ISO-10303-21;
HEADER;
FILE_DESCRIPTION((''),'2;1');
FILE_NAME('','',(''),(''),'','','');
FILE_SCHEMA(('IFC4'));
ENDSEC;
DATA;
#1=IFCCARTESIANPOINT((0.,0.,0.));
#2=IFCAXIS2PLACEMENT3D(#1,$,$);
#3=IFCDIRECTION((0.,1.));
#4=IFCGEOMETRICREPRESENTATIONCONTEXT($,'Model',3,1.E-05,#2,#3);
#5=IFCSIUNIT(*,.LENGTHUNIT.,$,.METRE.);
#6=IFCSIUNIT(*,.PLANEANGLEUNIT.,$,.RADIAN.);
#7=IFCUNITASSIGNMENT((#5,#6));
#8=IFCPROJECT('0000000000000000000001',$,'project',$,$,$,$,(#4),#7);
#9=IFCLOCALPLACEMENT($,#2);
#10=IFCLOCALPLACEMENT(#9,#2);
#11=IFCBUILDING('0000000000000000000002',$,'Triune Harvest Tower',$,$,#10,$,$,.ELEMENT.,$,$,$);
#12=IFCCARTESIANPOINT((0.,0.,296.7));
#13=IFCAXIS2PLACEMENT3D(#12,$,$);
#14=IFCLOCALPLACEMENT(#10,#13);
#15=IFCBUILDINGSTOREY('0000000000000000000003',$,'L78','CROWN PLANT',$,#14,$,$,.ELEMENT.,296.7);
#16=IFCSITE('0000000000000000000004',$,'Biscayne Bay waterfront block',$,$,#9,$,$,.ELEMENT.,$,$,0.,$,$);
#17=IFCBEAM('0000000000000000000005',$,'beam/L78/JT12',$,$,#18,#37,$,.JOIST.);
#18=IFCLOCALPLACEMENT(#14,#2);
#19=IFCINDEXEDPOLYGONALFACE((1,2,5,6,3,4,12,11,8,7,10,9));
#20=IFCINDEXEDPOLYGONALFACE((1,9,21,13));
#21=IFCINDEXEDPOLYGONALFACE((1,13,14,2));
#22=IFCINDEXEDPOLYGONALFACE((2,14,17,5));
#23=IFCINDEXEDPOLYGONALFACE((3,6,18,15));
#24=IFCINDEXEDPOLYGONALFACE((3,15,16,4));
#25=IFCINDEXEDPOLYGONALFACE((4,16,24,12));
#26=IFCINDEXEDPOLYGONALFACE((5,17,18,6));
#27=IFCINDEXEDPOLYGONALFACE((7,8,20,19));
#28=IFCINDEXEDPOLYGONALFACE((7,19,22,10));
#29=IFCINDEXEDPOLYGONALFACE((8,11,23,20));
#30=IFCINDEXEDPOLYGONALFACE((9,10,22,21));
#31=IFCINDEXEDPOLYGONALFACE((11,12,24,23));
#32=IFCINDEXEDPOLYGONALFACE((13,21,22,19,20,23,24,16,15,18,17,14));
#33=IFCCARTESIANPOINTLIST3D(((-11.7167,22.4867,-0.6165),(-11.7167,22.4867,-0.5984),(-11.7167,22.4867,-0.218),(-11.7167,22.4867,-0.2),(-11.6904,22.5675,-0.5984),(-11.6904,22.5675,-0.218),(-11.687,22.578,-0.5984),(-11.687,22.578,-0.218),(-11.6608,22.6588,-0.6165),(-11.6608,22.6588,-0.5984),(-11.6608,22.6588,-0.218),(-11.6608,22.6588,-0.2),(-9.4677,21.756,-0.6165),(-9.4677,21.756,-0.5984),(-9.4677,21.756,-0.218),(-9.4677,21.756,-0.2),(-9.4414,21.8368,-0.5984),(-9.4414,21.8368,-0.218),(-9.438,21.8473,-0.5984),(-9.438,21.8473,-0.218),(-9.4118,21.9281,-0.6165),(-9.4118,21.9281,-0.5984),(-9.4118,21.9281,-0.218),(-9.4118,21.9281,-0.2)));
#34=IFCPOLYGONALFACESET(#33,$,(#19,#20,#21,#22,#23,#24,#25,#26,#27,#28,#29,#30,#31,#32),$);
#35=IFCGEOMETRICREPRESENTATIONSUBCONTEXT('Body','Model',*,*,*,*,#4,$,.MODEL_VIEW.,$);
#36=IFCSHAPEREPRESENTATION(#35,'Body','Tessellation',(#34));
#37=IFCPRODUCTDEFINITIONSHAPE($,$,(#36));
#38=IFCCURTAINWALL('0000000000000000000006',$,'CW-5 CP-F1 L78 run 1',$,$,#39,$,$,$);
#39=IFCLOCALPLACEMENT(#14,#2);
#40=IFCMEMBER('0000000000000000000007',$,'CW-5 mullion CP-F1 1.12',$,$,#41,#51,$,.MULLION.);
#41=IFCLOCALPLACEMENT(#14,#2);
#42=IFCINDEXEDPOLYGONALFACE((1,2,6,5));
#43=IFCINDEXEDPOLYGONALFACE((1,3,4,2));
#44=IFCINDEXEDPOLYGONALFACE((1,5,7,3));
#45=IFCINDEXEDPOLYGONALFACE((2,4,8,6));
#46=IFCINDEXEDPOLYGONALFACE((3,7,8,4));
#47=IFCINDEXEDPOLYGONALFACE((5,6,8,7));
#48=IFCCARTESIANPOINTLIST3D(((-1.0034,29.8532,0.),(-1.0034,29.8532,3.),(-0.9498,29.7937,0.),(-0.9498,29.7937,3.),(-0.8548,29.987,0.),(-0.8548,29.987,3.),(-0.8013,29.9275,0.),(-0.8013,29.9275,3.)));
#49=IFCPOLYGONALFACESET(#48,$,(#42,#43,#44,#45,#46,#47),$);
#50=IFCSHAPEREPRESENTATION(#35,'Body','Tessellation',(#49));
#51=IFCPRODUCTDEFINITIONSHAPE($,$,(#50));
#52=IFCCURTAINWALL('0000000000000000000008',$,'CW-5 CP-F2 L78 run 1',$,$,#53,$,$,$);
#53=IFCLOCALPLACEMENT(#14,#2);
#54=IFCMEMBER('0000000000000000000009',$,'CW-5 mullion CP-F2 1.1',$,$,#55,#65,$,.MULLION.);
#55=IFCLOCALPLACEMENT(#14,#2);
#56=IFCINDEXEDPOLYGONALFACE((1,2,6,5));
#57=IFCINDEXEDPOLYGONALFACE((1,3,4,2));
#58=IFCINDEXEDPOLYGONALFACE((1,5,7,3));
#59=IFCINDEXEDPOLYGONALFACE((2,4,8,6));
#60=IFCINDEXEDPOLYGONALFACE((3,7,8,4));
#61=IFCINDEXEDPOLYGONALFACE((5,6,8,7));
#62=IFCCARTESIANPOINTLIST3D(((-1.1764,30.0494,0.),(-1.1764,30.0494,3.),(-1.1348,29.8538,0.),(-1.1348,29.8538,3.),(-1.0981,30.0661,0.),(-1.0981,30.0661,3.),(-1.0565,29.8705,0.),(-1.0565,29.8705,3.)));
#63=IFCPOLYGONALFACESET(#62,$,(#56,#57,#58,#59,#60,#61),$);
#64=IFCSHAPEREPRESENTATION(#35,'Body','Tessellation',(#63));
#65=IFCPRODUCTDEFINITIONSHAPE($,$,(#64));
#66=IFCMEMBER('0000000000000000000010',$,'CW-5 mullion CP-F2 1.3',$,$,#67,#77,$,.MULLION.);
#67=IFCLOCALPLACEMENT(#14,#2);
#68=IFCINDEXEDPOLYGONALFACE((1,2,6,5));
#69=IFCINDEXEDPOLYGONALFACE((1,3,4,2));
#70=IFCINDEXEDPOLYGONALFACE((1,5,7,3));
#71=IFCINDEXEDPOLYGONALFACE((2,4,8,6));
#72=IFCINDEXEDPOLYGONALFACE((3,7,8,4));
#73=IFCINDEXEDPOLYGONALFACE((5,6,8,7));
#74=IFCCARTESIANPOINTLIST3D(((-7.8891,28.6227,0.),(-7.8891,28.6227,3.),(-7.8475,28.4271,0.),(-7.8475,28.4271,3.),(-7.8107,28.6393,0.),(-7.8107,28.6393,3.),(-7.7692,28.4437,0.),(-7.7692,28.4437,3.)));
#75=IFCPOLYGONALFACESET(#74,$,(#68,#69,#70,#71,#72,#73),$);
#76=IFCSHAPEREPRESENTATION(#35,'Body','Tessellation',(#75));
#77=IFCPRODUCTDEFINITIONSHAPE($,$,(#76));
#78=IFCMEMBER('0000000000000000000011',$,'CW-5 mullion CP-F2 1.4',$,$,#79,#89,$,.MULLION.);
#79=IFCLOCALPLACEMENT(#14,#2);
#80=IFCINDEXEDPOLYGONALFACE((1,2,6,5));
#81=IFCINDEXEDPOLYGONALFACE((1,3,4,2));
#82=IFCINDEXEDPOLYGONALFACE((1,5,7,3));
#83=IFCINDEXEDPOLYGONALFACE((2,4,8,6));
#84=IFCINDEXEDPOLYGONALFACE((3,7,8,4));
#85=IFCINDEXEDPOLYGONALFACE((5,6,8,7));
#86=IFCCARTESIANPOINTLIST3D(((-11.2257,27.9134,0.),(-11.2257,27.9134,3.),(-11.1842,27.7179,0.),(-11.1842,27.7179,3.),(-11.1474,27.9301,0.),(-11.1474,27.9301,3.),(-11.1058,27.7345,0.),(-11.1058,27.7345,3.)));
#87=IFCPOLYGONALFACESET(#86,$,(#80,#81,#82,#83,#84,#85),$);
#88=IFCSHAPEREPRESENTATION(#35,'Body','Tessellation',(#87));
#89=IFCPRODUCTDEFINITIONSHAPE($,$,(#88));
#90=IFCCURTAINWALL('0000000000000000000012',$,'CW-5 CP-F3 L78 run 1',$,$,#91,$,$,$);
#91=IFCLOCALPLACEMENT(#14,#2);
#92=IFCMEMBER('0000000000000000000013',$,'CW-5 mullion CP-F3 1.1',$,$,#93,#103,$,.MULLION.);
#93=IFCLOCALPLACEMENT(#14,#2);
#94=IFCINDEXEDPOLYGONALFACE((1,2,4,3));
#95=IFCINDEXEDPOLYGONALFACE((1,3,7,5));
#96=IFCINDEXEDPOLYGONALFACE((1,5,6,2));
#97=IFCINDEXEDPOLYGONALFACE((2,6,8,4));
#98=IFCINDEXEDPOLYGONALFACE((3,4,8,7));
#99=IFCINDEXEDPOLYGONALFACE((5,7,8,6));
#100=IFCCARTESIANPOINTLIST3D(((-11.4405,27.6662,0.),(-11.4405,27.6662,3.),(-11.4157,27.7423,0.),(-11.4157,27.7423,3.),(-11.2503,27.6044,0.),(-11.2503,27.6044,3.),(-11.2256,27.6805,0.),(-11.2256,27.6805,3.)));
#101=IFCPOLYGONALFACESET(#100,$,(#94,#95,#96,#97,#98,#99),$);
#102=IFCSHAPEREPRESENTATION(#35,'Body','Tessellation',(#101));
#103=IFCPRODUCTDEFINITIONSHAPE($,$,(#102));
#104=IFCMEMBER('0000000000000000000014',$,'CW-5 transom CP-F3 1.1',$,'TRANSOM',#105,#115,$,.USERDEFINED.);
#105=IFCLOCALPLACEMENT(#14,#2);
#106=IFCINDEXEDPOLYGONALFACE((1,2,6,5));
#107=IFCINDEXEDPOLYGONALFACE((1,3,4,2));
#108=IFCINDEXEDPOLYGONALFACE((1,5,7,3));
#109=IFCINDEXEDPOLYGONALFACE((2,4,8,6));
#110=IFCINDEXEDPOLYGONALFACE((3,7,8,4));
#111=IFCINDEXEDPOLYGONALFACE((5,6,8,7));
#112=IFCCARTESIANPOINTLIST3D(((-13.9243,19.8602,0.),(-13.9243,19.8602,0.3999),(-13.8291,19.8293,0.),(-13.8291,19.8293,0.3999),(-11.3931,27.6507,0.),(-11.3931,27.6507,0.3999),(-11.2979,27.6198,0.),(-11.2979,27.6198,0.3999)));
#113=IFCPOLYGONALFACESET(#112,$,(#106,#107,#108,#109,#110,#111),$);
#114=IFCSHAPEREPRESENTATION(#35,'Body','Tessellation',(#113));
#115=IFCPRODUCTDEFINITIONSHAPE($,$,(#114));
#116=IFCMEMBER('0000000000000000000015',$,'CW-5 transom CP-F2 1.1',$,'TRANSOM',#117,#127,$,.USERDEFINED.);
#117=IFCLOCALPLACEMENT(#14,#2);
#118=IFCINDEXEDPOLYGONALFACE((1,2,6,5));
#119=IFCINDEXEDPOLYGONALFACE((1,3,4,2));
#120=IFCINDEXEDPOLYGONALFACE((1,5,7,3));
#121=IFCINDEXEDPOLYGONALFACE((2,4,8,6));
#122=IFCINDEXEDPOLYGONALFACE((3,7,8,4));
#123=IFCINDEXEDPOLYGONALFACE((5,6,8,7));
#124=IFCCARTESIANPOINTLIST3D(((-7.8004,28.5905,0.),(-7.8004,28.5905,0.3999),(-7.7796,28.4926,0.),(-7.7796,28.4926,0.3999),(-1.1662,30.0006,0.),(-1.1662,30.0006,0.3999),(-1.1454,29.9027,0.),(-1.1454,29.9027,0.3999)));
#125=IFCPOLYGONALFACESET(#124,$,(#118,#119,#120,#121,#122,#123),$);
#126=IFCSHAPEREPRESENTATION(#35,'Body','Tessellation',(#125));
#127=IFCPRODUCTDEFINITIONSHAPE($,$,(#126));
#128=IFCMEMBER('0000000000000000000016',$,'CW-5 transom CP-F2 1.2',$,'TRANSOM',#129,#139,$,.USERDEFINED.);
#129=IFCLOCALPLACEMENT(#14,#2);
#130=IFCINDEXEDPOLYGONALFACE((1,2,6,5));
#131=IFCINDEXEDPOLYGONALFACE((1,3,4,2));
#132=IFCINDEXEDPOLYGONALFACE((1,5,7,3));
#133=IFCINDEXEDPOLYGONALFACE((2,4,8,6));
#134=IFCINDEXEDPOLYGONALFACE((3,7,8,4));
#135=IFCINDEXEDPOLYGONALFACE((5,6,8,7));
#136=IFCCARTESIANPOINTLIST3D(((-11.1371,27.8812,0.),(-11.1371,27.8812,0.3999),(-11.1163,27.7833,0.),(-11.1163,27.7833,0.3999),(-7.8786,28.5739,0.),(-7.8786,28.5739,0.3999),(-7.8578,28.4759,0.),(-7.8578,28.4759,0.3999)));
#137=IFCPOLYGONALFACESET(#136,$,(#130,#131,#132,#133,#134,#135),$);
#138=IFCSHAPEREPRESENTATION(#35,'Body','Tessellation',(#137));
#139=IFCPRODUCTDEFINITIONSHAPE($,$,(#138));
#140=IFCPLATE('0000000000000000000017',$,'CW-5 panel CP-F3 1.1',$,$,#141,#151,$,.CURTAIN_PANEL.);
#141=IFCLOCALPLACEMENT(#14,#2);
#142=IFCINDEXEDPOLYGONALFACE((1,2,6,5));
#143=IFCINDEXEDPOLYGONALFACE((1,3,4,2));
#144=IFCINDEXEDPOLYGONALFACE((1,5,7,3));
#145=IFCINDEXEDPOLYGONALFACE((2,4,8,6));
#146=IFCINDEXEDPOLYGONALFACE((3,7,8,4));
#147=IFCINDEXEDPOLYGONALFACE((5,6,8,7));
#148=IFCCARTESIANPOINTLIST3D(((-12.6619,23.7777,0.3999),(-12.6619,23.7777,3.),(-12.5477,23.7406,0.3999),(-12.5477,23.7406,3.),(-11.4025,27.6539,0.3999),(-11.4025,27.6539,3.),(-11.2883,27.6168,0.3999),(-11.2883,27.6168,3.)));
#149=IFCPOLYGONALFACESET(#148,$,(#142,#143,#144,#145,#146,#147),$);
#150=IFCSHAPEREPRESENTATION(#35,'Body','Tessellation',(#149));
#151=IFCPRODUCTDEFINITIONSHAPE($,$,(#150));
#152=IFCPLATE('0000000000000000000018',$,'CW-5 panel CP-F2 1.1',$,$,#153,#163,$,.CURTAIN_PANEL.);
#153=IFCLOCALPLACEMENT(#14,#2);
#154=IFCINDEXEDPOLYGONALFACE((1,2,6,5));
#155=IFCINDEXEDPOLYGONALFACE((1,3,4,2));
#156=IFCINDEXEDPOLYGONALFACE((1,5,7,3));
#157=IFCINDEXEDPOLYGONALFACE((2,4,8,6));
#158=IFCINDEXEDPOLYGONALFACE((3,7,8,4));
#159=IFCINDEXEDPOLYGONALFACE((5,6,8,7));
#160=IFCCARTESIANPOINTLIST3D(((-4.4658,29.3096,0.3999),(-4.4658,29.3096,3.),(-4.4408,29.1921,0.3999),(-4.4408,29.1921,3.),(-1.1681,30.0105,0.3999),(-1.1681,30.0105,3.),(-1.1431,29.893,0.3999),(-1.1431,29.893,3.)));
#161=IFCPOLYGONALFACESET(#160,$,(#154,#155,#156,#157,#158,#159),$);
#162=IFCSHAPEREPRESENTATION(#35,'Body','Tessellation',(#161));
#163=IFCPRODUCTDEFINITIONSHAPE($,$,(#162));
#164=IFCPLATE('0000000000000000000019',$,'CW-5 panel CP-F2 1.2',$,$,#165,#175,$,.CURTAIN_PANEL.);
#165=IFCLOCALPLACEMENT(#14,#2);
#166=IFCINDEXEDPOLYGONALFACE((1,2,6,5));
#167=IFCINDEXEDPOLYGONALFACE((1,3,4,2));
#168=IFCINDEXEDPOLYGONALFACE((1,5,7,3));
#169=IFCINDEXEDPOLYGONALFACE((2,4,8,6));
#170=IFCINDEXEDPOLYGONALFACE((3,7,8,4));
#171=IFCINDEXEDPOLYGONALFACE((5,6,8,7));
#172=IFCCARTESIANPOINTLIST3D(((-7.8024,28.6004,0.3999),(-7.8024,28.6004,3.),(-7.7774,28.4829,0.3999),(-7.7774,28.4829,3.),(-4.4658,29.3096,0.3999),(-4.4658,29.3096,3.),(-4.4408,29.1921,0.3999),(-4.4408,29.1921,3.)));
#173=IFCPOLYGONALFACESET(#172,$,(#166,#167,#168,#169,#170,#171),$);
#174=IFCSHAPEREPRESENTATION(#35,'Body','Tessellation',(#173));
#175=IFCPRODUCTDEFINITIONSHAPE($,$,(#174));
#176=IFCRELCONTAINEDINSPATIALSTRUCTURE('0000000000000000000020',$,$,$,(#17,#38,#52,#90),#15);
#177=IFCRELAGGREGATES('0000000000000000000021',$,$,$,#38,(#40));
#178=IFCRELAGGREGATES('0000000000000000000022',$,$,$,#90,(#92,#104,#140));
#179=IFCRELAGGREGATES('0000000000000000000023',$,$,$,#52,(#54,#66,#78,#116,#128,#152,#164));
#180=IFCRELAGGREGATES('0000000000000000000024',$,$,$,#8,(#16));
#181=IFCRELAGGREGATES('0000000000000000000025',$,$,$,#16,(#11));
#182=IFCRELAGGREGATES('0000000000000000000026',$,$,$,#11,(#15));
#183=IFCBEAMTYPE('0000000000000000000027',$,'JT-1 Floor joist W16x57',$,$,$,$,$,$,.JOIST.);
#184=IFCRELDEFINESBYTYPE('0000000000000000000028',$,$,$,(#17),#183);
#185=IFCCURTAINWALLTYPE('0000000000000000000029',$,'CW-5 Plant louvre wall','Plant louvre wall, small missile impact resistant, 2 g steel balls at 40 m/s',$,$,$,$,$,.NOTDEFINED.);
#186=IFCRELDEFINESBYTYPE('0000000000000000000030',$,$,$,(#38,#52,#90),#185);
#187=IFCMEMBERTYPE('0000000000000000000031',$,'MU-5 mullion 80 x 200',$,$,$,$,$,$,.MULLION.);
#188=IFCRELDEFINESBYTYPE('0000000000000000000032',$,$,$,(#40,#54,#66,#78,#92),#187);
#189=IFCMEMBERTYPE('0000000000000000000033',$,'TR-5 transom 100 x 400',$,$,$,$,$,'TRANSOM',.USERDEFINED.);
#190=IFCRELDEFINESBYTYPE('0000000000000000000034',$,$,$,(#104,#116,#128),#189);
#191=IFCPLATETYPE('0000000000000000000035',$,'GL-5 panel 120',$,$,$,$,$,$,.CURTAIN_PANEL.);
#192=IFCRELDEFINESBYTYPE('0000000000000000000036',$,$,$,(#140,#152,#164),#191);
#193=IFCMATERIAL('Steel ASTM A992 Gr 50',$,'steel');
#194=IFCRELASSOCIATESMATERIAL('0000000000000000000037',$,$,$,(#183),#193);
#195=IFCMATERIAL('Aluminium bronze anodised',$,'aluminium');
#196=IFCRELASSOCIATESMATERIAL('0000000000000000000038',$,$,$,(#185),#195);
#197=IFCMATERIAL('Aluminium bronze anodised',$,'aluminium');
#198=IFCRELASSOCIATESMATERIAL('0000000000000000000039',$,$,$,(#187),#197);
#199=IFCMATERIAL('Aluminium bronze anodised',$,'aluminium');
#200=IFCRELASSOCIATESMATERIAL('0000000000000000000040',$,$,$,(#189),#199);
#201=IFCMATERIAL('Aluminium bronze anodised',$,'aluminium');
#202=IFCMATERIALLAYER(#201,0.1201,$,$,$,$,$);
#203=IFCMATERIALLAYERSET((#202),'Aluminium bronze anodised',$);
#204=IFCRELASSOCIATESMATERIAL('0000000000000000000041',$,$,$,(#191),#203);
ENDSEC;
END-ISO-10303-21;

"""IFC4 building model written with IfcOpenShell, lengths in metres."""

from ifc_helpers import new_model, si_unit, direction, frame, origin, origin_2d, place, context, subcontext, project, spatial, rectangle, i_section, extrude, source, transform, mapped, material, layer, layer_set, material_profile, profile_set, type_object, element, aggregate, save


model = new_model("IFC4")

# Units and contexts
model_context = context("Model", 3, precision=1e-05, world=origin(), true_north=direction((0.0, 1.0)))
body_context = subcontext(model_context, "Body", "Model", "MODEL_VIEW")
ifc_project = project(units=[si_unit("LENGTHUNIT", "METRE"), si_unit("PLANEANGLEUNIT", "RADIAN")], contexts=[model_context])

# Site, building, storey
site_placement = place(None, origin())
site = spatial("IfcSite", under=ifc_project, at=site_placement, Name="Biscayne Bay waterfront block", CompositionType="ELEMENT", RefElevation=0.0)
building_placement = place(site_placement, origin())
building = spatial("IfcBuilding", under=site, at=building_placement, Name="Triune Harvest Tower", CompositionType="ELEMENT")
storey_placement = place(building_placement, frame((0.0, 0.0, 296.7)))
storey = spatial("IfcBuildingStorey", under=building, at=storey_placement, Name="L78", Description="CROWN PLANT", CompositionType="ELEMENT", Elevation=296.7)

# Beam
ifc_material_1 = material(Name="Steel ASTM A992 Gr 50", Category="steel")
ifc_material_profile_1 = material_profile(ifc_material_1, i_section(OverallWidth=0.1809, OverallDepth=0.4165, WebThickness=0.011, FlangeThickness=0.0181, at=origin_2d()), Name="W16x57")
ifc_profile_set_1 = profile_set([ifc_material_profile_1], Name="Steel ASTM A992 Gr 50")
beam_type_1 = type_object("IfcBeamType", Name="JT-1 Floor joist W16x57", PredefinedType="JOIST", material=ifc_profile_set_1)
shared_shape_1 = source(origin(), body_context, "Body", "SweptSolid", [
    extrude(i_section(OverallWidth=0.1809, OverallDepth=0.4165, WebThickness=0.011, FlangeThickness=0.0181, at=origin_2d()), origin(), (0.0, 0.0, 1.0), 2.3647),
])
beam_1_placement = place(storey_placement, frame((-11.6887, 22.5728, -0.4082), z_axis=(0.951061, -0.309002, 0.0), x_axis=(0.309002, 0.951061, 0.0)))
element("IfcBeam", 1, at=beam_1_placement, inside=storey, type_object=beam_type_1, Name="beam/L78/JT12", PredefinedType="JOIST", context=body_context, shape_type="MappedRepresentation", body=[
    mapped(shared_shape_1, transform((0.0, 0.0, 0.0), scale=1.0)),
])

# Curtain wall, member
ifc_material_2 = material(Name="Aluminium bronze anodised", Category="aluminium")
curtain_wall_type = type_object("IfcCurtainWallType", Name="CW-5 Plant louvre wall", Description="Plant louvre wall, small missile impact resistant, 2 g steel balls at 40 m/s", PredefinedType="NOTDEFINED", material=ifc_material_2)
curtain_wall_1_placement = place(storey_placement, origin())
curtain_wall_1 = element("IfcCurtainWall", 2, at=curtain_wall_1_placement, inside=storey, type_object=curtain_wall_type, Name="CW-5 CP-F1 L78 run 1")
ifc_material_3 = material(Name="Aluminium bronze anodised", Category="aluminium")
ifc_material_profile_2 = material_profile(ifc_material_3, rectangle(XDim=0.2, YDim=0.0801, at=origin_2d()), Name="MU-5 mullion 80 x 200")
ifc_profile_set_2 = profile_set([ifc_material_profile_2], Name="Aluminium bronze anodised")
member_type_1 = type_object("IfcMemberType", Name="MU-5 mullion 80 x 200", PredefinedType="MULLION", material=ifc_profile_set_2)
shared_shape_2 = source(origin(), body_context, "Body", "SweptSolid", [
    extrude(rectangle(XDim=0.2, YDim=0.0801, at=origin_2d()), origin(), (0.0, 0.0, 1.0), 3.0),
])
member_1_placement = place(storey_placement, frame((-0.9023, 29.8904, 0.0), z_axis=(0.0, 0.0, 1.0), x_axis=(-0.743144, -0.669131, 0.0)))
member_1 = element("IfcMember", 3, at=member_1_placement, type_object=member_type_1, Name="CW-5 mullion CP-F1 1.12", PredefinedType="MULLION", context=body_context, shape_type="MappedRepresentation", body=[
    mapped(shared_shape_2, transform((0.0, 0.0, 0.0), scale=1.0)),
])
aggregate(curtain_wall_1, [member_1])

# Curtain walls, members
curtain_wall_2_placement = place(storey_placement, origin())
curtain_wall_2 = element("IfcCurtainWall", 4, at=curtain_wall_2_placement, inside=storey, type_object=curtain_wall_type, Name="CW-5 CP-F2 L78 run 1")
member_2_placement = place(storey_placement, frame((-1.1165, 29.96, 0.0), z_axis=(0.0, 0.0, 1.0), x_axis=(0.207905, -0.978149, 0.0)))
member_2 = element("IfcMember", 5, at=member_2_placement, type_object=member_type_1, Name="CW-5 mullion CP-F2 1.1", PredefinedType="MULLION", context=body_context, shape_type="MappedRepresentation", body=[
    mapped(shared_shape_2, transform((0.0, 0.0, 0.0), scale=1.0)),
])
member_3_placement = place(storey_placement, frame((-7.8291, 28.5332, 0.0), z_axis=(0.0, 0.0, 1.0), x_axis=(0.207905, -0.978149, 0.0)))
member_3 = element("IfcMember", 6, at=member_3_placement, type_object=member_type_1, Name="CW-5 mullion CP-F2 1.3", PredefinedType="MULLION", context=body_context, shape_type="MappedRepresentation", body=[
    mapped(shared_shape_2, transform((0.0, 0.0, 0.0), scale=1.0)),
])
member_4_placement = place(storey_placement, frame((-11.1658, 27.824, 0.0), z_axis=(0.0, 0.0, 1.0), x_axis=(0.207905, -0.978149, 0.0)))
member_4 = element("IfcMember", 7, at=member_4_placement, type_object=member_type_1, Name="CW-5 mullion CP-F2 1.4", PredefinedType="MULLION", context=body_context, shape_type="MappedRepresentation", body=[
    mapped(shared_shape_2, transform((0.0, 0.0, 0.0), scale=1.0)),
])
curtain_wall_3_placement = place(storey_placement, origin())
curtain_wall_3 = element("IfcCurtainWall", 8, at=curtain_wall_3_placement, inside=storey, type_object=curtain_wall_type, Name="CW-5 CP-F3 L78 run 1")
member_5_placement = place(storey_placement, frame((-11.333, 27.6733, 0.0), z_axis=(0.0, 0.0, 1.0), x_axis=(0.951057, -0.309016, 0.0)))
member_5 = element("IfcMember", 9, at=member_5_placement, type_object=member_type_1, Name="CW-5 mullion CP-F3 1.1", PredefinedType="MULLION", context=body_context, shape_type="MappedRepresentation", body=[
    mapped(shared_shape_2, transform((0.0, 0.0, 0.0), scale=1.0)),
])
ifc_material_4 = material(Name="Aluminium bronze anodised", Category="aluminium")
ifc_material_profile_3 = material_profile(ifc_material_4, rectangle(XDim=0.1001, YDim=0.3999, at=origin_2d()), Name="TR-5 transom 100 x 400")
ifc_profile_set_3 = profile_set([ifc_material_profile_3], Name="Aluminium bronze anodised")
member_type_2 = type_object("IfcMemberType", Name="TR-5 transom 100 x 400", ElementType="TRANSOM", PredefinedType="USERDEFINED", material=ifc_profile_set_3)
shared_shape_3 = source(origin(), body_context, "Body", "SweptSolid", [
    extrude(rectangle(XDim=0.1001, YDim=0.3999, at=origin_2d()), origin(), (0.0, 0.0, 1.0), 8.1914),
])
member_6_placement = place(storey_placement, frame((-11.3455, 27.6353, 0.2), z_axis=(-0.309012, -0.951058, 0.0), x_axis=(0.951058, -0.309012, 0.0)))
member_6 = element("IfcMember", 10, at=member_6_placement, type_object=member_type_2, Name="CW-5 transom CP-F3 1.1", ObjectType="TRANSOM", PredefinedType="USERDEFINED", context=body_context, shape_type="MappedRepresentation", body=[
    mapped(shared_shape_3, transform((0.0, 0.0, 0.0), scale=1.0)),
])

# Members
shared_shape_4 = source(origin(), body_context, "Body", "SweptSolid", [
    extrude(rectangle(XDim=0.1001, YDim=0.3999, at=origin_2d()), origin(), (0.0, 0.0, 1.0), 6.7825),
])
member_7_placement = place(storey_placement, frame((-1.1558, 29.9517, 0.2), z_axis=(-0.978148, -0.207911, 0.0), x_axis=(0.207911, -0.978148, 0.0)))
member_7 = element("IfcMember", 11, at=member_7_placement, type_object=member_type_2, Name="CW-5 transom CP-F2 1.1", ObjectType="TRANSOM", PredefinedType="USERDEFINED", context=body_context, shape_type="MappedRepresentation", body=[
    mapped(shared_shape_4, transform((0.0, 0.0, 0.0), scale=1.0)),
])
shared_shape_5 = source(origin(), body_context, "Body", "SweptSolid", [
    extrude(rectangle(XDim=0.1001, YDim=0.3999, at=origin_2d()), origin(), (0.0, 0.0, 1.0), 3.3313),
])
member_8_placement = place(storey_placement, frame((-7.8682, 28.5249, 0.2), z_axis=(-0.978147, -0.207912, 0.0), x_axis=(0.207912, -0.978147, 0.0)))
member_8 = element("IfcMember", 12, at=member_8_placement, type_object=member_type_2, Name="CW-5 transom CP-F2 1.2", ObjectType="TRANSOM", PredefinedType="USERDEFINED", context=body_context, shape_type="MappedRepresentation", body=[
    mapped(shared_shape_5, transform((0.0, 0.0, 0.0), scale=1.0)),
])

# Plates
ifc_material_5 = material(Name="Aluminium bronze anodised", Category="aluminium")
ifc_layer = layer(ifc_material_5, 0.1201)
ifc_layer_set = layer_set([ifc_layer], Name="Aluminium bronze anodised")
plate_type = type_object("IfcPlateType", Name="GL-5 panel 120", PredefinedType="CURTAIN_PANEL", material=ifc_layer_set)
shared_shape_6 = source(origin(), body_context, "Body", "SweptSolid", [
    extrude(rectangle(XDim=4.0757, YDim=0.1201, at=origin_2d()), origin(), (0.0, 0.0, 1.0), 2.6001),
])
plate_1_placement = place(storey_placement, frame((-11.9751, 25.6973, 0.3999), z_axis=(0.0, 0.0, 1.0), x_axis=(-0.309016, -0.951057, 0.0)))
plate_1 = element("IfcPlate", 13, at=plate_1_placement, type_object=plate_type, Name="CW-5 panel CP-F3 1.1", PredefinedType="CURTAIN_PANEL", context=body_context, shape_type="MappedRepresentation", body=[
    mapped(shared_shape_6, transform((0.0, 0.0, 0.0), scale=1.0)),
])
aggregate(curtain_wall_3, [member_5, member_6, plate_1])
shared_shape_7 = source(origin(), body_context, "Body", "SweptSolid", [
    extrude(rectangle(XDim=3.3713, YDim=0.1201, at=origin_2d()), origin(), (0.0, 0.0, 1.0), 2.6001),
])
plate_2_placement = place(storey_placement, frame((-2.8044, 29.6013, 0.3999), z_axis=(0.0, 0.0, 1.0), x_axis=(-0.978149, -0.207905, 0.0)))
plate_2 = element("IfcPlate", 14, at=plate_2_placement, type_object=plate_type, Name="CW-5 panel CP-F2 1.1", PredefinedType="CURTAIN_PANEL", context=body_context, shape_type="MappedRepresentation", body=[
    mapped(shared_shape_7, transform((0.0, 0.0, 0.0), scale=1.0)),
])
shared_shape_8 = source(origin(), body_context, "Body", "SweptSolid", [
    extrude(rectangle(XDim=3.4111, YDim=0.1201, at=origin_2d()), origin(), (0.0, 0.0, 1.0), 2.6001),
])
plate_3_placement = place(storey_placement, frame((-6.1216, 28.8962, 0.3999), z_axis=(0.0, 0.0, 1.0), x_axis=(-0.978149, -0.207905, 0.0)))
plate_3 = element("IfcPlate", 15, at=plate_3_placement, type_object=plate_type, Name="CW-5 panel CP-F2 1.2", PredefinedType="CURTAIN_PANEL", context=body_context, shape_type="MappedRepresentation", body=[
    mapped(shared_shape_8, transform((0.0, 0.0, 0.0), scale=1.0)),
])
aggregate(curtain_wall_2, [member_2, member_3, member_4, member_7, member_8, plate_2, plate_3])

save(model, "model.ifc")
